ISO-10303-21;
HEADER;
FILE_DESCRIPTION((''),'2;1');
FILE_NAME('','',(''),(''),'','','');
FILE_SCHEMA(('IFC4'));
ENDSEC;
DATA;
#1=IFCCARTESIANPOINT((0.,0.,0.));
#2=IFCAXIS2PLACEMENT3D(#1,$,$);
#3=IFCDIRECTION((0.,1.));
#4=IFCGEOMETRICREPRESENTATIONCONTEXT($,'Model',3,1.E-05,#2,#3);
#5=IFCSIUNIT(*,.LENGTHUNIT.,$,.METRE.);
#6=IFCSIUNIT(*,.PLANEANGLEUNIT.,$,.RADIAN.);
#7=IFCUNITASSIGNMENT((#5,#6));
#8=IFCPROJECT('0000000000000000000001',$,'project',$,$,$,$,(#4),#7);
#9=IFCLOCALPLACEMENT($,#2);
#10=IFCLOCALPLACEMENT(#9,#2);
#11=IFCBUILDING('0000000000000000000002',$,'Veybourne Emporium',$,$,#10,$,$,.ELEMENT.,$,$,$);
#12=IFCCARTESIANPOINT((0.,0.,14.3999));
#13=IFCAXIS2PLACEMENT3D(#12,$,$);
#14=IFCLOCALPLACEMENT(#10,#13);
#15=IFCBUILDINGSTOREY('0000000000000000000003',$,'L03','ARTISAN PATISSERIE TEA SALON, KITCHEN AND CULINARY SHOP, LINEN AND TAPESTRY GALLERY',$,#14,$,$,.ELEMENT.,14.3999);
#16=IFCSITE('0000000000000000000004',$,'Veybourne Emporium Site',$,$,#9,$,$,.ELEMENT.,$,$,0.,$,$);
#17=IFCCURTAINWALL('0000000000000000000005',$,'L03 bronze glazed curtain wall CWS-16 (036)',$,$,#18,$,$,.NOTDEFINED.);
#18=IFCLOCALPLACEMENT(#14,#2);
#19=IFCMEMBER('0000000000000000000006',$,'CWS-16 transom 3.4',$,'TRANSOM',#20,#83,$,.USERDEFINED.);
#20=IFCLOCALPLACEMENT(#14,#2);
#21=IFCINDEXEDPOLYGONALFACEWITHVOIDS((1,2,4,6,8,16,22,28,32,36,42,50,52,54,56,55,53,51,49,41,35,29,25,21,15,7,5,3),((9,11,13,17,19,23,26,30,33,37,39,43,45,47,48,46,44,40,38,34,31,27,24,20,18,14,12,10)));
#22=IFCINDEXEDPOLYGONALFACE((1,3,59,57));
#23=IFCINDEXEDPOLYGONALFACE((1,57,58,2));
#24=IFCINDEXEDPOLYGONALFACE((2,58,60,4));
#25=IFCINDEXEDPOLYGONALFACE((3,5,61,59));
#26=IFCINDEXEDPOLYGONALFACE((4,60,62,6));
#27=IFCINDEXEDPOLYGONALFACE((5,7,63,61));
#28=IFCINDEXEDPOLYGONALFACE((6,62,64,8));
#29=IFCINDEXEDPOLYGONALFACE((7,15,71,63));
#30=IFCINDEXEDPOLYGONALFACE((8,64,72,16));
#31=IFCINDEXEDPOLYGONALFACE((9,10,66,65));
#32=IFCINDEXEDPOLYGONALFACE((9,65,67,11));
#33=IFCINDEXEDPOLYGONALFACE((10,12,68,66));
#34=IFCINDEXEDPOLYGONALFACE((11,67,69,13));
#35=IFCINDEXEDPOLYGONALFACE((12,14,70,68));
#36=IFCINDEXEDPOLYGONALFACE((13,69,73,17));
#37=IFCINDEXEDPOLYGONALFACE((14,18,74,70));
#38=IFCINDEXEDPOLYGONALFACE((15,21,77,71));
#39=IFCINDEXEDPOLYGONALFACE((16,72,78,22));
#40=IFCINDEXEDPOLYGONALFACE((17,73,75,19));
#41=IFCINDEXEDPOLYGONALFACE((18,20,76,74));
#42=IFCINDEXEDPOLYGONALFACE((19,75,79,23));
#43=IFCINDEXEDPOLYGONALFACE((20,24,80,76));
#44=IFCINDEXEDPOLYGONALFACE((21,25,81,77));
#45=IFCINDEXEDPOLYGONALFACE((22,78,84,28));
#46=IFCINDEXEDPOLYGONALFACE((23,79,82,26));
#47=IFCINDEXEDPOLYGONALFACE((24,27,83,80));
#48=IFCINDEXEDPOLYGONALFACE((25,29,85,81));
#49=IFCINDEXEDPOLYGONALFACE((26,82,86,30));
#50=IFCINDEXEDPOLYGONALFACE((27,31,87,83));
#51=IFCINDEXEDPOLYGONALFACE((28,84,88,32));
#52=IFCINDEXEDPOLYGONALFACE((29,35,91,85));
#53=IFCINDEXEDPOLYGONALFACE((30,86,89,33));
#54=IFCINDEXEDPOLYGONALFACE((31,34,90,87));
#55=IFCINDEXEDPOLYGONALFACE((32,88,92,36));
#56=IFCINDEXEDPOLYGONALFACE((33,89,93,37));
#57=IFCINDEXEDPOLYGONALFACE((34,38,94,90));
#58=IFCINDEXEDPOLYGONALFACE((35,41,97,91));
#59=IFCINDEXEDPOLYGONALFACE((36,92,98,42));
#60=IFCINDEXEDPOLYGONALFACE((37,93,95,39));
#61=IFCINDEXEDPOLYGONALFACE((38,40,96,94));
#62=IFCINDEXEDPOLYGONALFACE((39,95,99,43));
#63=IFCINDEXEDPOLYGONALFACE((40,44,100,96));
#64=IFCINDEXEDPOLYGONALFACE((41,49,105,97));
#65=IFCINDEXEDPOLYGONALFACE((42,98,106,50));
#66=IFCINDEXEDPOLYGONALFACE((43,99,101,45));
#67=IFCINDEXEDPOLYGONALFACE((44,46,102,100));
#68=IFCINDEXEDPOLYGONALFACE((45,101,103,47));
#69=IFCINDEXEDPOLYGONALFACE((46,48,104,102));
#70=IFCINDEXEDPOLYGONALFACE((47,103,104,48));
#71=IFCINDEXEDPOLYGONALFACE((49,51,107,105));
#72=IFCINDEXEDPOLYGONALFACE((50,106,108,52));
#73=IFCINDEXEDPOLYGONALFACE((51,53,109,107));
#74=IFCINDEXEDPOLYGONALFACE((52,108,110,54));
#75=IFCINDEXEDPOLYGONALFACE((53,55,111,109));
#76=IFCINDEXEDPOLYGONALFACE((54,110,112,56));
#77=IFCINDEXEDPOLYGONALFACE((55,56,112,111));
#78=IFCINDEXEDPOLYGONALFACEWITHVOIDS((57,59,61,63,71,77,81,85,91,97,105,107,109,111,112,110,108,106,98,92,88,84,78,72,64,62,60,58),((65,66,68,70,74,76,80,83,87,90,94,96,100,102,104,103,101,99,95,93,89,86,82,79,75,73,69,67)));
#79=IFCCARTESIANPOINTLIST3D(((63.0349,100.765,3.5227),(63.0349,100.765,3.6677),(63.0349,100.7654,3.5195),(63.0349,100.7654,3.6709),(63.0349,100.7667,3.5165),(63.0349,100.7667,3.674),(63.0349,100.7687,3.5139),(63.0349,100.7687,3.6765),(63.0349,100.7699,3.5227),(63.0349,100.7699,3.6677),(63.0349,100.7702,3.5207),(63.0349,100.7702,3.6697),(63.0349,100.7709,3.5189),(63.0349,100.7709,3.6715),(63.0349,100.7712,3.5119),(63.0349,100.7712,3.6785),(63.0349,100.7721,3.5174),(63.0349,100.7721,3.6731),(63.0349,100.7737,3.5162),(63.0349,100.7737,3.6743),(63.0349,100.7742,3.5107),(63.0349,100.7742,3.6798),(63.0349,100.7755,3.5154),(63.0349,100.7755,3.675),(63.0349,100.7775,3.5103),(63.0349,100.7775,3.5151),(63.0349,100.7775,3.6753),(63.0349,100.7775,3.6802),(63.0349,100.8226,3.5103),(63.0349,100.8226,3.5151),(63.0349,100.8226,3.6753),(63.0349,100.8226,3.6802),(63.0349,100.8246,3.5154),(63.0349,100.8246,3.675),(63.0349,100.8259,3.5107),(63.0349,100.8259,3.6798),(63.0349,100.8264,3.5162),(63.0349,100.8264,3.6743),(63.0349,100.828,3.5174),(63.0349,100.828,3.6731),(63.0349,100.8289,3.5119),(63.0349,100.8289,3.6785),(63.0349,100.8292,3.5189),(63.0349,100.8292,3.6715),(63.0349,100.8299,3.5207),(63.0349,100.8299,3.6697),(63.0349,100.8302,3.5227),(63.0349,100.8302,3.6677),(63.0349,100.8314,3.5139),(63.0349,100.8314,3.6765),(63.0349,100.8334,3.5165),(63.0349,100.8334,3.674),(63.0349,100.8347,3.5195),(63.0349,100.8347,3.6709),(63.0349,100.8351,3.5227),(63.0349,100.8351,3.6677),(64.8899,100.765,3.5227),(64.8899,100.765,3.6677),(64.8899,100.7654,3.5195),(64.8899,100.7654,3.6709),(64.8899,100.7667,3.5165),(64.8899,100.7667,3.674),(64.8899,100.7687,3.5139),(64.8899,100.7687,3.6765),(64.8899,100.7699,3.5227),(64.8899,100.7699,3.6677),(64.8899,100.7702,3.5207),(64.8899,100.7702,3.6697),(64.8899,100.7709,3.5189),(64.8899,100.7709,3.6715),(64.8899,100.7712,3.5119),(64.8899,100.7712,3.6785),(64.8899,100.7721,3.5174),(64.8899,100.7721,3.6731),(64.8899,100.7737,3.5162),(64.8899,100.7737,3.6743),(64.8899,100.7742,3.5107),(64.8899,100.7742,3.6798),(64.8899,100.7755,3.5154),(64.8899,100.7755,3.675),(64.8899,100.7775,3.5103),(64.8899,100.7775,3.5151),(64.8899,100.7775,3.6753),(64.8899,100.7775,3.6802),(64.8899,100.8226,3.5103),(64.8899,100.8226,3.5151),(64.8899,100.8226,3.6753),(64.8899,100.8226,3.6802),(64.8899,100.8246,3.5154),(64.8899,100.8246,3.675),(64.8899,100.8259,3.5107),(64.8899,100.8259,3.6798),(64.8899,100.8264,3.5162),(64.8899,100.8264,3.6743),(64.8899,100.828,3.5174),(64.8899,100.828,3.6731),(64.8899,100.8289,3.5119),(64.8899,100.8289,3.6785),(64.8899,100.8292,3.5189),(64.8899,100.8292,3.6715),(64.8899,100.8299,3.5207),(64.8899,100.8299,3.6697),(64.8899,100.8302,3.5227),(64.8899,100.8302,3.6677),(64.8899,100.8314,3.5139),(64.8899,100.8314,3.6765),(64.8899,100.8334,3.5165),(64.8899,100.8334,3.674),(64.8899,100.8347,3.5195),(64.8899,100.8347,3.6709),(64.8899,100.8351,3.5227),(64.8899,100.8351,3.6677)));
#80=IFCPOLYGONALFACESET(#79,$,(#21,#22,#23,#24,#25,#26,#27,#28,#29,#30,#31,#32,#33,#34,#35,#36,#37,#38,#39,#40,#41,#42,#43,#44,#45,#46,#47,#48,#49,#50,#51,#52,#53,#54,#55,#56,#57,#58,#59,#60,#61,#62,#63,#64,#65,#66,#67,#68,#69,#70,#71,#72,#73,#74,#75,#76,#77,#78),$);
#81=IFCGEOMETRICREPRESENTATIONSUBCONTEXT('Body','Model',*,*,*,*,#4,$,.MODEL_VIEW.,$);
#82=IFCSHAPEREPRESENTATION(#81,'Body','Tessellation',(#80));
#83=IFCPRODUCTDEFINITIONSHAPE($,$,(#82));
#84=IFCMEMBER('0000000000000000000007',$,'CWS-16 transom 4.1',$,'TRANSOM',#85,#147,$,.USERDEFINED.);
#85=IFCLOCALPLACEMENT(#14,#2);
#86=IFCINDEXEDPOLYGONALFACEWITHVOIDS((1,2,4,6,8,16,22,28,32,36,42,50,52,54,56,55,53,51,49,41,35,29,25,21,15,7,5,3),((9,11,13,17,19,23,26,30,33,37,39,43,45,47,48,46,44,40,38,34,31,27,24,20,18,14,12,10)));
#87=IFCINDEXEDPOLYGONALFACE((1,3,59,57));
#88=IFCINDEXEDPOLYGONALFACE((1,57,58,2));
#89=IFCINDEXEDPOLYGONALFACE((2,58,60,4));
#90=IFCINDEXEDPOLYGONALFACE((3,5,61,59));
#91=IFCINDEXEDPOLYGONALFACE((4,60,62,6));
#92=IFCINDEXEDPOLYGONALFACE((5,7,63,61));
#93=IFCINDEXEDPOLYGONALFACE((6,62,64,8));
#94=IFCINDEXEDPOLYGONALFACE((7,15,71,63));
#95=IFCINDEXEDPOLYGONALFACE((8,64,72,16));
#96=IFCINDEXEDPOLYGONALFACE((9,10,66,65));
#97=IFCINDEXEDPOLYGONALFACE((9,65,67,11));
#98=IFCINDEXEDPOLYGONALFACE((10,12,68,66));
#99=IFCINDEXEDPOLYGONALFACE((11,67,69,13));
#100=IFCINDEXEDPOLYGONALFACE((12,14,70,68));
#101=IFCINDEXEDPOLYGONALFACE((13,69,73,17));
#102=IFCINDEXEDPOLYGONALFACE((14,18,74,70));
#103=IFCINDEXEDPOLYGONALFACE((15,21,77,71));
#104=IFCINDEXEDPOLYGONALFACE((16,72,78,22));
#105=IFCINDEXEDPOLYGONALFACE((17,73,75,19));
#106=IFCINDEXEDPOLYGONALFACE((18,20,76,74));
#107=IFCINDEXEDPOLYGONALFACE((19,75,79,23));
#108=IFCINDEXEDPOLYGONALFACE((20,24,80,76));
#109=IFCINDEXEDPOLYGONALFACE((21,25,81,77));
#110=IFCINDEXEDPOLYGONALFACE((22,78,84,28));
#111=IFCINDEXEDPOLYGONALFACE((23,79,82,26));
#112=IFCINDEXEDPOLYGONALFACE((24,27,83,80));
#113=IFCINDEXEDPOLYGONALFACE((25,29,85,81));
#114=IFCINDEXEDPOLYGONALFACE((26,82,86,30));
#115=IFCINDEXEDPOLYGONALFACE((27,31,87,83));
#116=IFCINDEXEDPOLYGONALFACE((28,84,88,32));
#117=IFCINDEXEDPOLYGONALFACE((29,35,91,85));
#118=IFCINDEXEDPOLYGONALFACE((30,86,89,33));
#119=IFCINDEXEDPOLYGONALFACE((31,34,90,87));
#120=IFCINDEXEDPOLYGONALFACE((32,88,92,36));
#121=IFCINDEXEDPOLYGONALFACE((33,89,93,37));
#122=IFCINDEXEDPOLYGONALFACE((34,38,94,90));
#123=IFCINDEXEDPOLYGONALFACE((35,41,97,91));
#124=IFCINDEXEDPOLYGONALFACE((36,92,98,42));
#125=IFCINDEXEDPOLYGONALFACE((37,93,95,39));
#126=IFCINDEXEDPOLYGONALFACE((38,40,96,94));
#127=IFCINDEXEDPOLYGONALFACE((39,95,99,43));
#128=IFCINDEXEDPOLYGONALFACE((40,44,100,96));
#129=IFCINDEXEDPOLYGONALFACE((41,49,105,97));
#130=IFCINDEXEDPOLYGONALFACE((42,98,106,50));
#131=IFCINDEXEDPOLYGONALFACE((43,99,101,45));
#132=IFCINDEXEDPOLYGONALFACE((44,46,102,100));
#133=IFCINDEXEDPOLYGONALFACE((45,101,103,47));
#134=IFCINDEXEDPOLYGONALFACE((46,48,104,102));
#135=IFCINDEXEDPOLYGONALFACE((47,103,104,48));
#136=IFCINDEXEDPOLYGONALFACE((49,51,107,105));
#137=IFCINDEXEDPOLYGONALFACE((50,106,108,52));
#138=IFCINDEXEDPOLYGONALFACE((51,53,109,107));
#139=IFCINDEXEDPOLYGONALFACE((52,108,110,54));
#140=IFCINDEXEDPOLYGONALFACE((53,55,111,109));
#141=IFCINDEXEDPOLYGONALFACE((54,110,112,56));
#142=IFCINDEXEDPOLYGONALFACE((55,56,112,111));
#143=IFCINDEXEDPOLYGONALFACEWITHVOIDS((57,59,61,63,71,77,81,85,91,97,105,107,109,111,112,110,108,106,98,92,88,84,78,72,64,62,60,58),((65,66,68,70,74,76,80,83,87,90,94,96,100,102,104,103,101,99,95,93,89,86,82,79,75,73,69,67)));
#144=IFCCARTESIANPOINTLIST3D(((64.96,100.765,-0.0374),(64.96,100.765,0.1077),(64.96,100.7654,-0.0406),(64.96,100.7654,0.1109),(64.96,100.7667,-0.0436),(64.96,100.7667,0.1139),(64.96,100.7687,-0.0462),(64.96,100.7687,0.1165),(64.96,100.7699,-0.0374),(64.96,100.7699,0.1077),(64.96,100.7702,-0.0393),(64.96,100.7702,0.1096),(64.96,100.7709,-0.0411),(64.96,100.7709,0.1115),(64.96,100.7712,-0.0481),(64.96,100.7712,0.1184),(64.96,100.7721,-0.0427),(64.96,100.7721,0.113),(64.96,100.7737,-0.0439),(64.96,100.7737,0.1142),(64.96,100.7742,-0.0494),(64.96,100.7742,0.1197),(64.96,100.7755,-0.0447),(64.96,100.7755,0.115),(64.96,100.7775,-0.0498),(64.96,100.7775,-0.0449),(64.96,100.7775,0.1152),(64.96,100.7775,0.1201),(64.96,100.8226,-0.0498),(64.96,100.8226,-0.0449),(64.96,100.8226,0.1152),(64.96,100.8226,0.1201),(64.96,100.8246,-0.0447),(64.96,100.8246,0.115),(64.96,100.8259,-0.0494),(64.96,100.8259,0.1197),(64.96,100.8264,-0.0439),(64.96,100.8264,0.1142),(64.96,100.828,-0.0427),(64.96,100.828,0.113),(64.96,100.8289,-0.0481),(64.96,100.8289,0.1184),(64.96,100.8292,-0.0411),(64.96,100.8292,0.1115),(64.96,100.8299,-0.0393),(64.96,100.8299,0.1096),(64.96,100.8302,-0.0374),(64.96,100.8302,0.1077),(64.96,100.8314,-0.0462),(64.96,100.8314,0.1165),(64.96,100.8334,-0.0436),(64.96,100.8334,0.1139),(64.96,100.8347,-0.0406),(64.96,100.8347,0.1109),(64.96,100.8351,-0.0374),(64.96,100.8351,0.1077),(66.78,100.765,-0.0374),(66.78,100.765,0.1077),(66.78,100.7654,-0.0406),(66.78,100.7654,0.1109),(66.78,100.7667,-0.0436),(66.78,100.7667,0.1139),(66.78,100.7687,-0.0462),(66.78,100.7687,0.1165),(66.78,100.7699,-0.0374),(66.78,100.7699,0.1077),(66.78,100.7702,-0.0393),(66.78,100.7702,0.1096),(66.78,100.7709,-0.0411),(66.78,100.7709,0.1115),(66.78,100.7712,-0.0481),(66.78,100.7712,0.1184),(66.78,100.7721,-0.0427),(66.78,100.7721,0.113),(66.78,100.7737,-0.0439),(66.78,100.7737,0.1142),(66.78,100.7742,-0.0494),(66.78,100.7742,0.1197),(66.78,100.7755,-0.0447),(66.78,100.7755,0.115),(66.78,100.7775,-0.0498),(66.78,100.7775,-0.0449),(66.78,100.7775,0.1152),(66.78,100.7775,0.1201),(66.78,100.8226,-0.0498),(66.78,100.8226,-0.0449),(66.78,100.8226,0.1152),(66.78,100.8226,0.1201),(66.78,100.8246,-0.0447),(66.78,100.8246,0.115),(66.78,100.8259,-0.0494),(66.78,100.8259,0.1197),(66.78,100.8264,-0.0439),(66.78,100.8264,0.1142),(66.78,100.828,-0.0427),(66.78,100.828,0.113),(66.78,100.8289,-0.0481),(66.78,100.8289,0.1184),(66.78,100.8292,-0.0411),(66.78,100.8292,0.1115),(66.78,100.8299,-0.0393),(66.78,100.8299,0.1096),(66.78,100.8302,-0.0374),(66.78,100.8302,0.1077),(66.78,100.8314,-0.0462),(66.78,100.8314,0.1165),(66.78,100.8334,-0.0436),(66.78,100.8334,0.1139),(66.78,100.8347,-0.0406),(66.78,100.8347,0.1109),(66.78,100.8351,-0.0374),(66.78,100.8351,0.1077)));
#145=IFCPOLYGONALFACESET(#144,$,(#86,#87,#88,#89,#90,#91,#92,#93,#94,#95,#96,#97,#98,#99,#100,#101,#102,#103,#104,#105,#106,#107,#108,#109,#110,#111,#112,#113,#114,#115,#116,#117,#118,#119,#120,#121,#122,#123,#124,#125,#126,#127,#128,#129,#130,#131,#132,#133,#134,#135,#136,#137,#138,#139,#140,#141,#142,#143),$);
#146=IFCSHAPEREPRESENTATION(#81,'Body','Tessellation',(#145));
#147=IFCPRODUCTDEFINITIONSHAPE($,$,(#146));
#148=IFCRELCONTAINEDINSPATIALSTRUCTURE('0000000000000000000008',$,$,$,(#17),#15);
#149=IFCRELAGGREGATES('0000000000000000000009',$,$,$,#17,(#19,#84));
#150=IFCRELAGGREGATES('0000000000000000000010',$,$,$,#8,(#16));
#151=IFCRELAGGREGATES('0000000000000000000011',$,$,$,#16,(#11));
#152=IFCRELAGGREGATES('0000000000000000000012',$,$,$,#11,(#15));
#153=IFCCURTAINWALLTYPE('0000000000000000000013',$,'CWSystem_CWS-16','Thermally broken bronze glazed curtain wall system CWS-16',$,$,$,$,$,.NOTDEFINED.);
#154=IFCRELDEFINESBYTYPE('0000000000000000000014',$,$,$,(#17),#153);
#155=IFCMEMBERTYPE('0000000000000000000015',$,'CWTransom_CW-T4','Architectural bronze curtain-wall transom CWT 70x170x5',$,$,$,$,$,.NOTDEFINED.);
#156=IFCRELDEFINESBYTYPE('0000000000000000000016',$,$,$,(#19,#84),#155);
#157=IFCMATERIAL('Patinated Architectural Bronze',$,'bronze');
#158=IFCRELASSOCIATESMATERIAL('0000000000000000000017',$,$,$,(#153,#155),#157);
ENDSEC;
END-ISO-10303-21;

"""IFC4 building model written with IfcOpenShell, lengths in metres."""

from ifc_helpers import new_model, si_unit, direction, frame, origin, origin_2d, place, context, subcontext, project, spatial, hollow_rectangle, extrude, material, material_profile, profile_set, type_object, element, aggregate, save


model = new_model("IFC4")

# Units and contexts
model_context = context("Model", 3, precision=1e-05, world=origin(), true_north=direction((0.0, 1.0)))
body_context = subcontext(model_context, "Body", "Model", "MODEL_VIEW")
ifc_project = project(units=[si_unit("LENGTHUNIT", "METRE"), si_unit("PLANEANGLEUNIT", "RADIAN")], contexts=[model_context])

# Site, building, storey
site_placement = place(None, origin())
site = spatial("IfcSite", under=ifc_project, at=site_placement, Name="Veybourne Emporium Site", CompositionType="ELEMENT", RefElevation=0.0)
building_placement = place(site_placement, origin())
building = spatial("IfcBuilding", under=site, at=building_placement, Name="Veybourne Emporium", CompositionType="ELEMENT")
storey_placement = place(building_placement, frame((0.0, 0.0, 14.3999)))
storey = spatial("IfcBuildingStorey", under=building, at=storey_placement, Name="L03", Description="ARTISAN PATISSERIE TEA SALON, KITCHEN AND CULINARY SHOP, LINEN AND TAPESTRY GALLERY", CompositionType="ELEMENT", Elevation=14.3999)

# Curtain wall, members
ifc_material_1 = material(Name="Patinated Architectural Bronze", Category="bronze")
curtain_wall_type = type_object("IfcCurtainWallType", Name="CWSystem_CWS-16", Description="Thermally broken bronze glazed curtain wall system CWS-16", PredefinedType="NOTDEFINED", material=ifc_material_1)
curtain_wall_placement = place(storey_placement, origin())
curtain_wall = element("IfcCurtainWall", 1, at=curtain_wall_placement, inside=storey, type_object=curtain_wall_type, Name="L03 bronze glazed curtain wall CWS-16 (036)", PredefinedType="NOTDEFINED")
ifc_material_profile_1 = material_profile(ifc_material_1, hollow_rectangle(XDim=0.0701, YDim=0.1699, WallThickness=0.0049, InnerFilletRadius=0.0076, OuterFilletRadius=0.0125, at=origin_2d()), Name="CWT 70x170x5")
ifc_profile_set_1 = profile_set([ifc_material_profile_1], Name="Patinated Architectural Bronze")
member_type_1 = type_object("IfcMemberType", Name="CWTransom_CW-T4", Description="Architectural bronze curtain-wall transom CWT 70x170x5", PredefinedType="NOTDEFINED", material=ifc_profile_set_1)
member_1_placement = place(storey_placement, frame((63.0349, 100.8, 3.5952), z_axis=(1.0, 0.0, 0.0), x_axis=(0.0, 1.0, 0.0)))
member_1 = element("IfcMember", 2, at=member_1_placement, type_object=member_type_1, Name="CWS-16 transom 3.4", ObjectType="TRANSOM", PredefinedType="USERDEFINED", context=body_context, shape_type="SweptSolid", body=[
    extrude(hollow_rectangle(XDim=0.0701, YDim=0.1699, WallThickness=0.0049, InnerFilletRadius=0.0076, OuterFilletRadius=0.0125, at=origin_2d()), origin(), (0.0, 0.0, 1.0), 1.855),
])
member_2_placement = place(storey_placement, frame((64.96, 100.8, 0.0352), z_axis=(1.0, 0.0, 0.0), x_axis=(0.0, 1.0, 0.0)))
member_2 = element("IfcMember", 3, at=member_2_placement, type_object=member_type_1, Name="CWS-16 transom 4.1", ObjectType="TRANSOM", PredefinedType="USERDEFINED", context=body_context, shape_type="SweptSolid", body=[
    extrude(hollow_rectangle(XDim=0.0701, YDim=0.1699, WallThickness=0.0049, InnerFilletRadius=0.0076, OuterFilletRadius=0.0125, at=origin_2d()), origin(), (0.0, 0.0, 1.0), 1.8201),
])

aggregate(curtain_wall, [member_1, member_2])

save(model, "model.ifc")
